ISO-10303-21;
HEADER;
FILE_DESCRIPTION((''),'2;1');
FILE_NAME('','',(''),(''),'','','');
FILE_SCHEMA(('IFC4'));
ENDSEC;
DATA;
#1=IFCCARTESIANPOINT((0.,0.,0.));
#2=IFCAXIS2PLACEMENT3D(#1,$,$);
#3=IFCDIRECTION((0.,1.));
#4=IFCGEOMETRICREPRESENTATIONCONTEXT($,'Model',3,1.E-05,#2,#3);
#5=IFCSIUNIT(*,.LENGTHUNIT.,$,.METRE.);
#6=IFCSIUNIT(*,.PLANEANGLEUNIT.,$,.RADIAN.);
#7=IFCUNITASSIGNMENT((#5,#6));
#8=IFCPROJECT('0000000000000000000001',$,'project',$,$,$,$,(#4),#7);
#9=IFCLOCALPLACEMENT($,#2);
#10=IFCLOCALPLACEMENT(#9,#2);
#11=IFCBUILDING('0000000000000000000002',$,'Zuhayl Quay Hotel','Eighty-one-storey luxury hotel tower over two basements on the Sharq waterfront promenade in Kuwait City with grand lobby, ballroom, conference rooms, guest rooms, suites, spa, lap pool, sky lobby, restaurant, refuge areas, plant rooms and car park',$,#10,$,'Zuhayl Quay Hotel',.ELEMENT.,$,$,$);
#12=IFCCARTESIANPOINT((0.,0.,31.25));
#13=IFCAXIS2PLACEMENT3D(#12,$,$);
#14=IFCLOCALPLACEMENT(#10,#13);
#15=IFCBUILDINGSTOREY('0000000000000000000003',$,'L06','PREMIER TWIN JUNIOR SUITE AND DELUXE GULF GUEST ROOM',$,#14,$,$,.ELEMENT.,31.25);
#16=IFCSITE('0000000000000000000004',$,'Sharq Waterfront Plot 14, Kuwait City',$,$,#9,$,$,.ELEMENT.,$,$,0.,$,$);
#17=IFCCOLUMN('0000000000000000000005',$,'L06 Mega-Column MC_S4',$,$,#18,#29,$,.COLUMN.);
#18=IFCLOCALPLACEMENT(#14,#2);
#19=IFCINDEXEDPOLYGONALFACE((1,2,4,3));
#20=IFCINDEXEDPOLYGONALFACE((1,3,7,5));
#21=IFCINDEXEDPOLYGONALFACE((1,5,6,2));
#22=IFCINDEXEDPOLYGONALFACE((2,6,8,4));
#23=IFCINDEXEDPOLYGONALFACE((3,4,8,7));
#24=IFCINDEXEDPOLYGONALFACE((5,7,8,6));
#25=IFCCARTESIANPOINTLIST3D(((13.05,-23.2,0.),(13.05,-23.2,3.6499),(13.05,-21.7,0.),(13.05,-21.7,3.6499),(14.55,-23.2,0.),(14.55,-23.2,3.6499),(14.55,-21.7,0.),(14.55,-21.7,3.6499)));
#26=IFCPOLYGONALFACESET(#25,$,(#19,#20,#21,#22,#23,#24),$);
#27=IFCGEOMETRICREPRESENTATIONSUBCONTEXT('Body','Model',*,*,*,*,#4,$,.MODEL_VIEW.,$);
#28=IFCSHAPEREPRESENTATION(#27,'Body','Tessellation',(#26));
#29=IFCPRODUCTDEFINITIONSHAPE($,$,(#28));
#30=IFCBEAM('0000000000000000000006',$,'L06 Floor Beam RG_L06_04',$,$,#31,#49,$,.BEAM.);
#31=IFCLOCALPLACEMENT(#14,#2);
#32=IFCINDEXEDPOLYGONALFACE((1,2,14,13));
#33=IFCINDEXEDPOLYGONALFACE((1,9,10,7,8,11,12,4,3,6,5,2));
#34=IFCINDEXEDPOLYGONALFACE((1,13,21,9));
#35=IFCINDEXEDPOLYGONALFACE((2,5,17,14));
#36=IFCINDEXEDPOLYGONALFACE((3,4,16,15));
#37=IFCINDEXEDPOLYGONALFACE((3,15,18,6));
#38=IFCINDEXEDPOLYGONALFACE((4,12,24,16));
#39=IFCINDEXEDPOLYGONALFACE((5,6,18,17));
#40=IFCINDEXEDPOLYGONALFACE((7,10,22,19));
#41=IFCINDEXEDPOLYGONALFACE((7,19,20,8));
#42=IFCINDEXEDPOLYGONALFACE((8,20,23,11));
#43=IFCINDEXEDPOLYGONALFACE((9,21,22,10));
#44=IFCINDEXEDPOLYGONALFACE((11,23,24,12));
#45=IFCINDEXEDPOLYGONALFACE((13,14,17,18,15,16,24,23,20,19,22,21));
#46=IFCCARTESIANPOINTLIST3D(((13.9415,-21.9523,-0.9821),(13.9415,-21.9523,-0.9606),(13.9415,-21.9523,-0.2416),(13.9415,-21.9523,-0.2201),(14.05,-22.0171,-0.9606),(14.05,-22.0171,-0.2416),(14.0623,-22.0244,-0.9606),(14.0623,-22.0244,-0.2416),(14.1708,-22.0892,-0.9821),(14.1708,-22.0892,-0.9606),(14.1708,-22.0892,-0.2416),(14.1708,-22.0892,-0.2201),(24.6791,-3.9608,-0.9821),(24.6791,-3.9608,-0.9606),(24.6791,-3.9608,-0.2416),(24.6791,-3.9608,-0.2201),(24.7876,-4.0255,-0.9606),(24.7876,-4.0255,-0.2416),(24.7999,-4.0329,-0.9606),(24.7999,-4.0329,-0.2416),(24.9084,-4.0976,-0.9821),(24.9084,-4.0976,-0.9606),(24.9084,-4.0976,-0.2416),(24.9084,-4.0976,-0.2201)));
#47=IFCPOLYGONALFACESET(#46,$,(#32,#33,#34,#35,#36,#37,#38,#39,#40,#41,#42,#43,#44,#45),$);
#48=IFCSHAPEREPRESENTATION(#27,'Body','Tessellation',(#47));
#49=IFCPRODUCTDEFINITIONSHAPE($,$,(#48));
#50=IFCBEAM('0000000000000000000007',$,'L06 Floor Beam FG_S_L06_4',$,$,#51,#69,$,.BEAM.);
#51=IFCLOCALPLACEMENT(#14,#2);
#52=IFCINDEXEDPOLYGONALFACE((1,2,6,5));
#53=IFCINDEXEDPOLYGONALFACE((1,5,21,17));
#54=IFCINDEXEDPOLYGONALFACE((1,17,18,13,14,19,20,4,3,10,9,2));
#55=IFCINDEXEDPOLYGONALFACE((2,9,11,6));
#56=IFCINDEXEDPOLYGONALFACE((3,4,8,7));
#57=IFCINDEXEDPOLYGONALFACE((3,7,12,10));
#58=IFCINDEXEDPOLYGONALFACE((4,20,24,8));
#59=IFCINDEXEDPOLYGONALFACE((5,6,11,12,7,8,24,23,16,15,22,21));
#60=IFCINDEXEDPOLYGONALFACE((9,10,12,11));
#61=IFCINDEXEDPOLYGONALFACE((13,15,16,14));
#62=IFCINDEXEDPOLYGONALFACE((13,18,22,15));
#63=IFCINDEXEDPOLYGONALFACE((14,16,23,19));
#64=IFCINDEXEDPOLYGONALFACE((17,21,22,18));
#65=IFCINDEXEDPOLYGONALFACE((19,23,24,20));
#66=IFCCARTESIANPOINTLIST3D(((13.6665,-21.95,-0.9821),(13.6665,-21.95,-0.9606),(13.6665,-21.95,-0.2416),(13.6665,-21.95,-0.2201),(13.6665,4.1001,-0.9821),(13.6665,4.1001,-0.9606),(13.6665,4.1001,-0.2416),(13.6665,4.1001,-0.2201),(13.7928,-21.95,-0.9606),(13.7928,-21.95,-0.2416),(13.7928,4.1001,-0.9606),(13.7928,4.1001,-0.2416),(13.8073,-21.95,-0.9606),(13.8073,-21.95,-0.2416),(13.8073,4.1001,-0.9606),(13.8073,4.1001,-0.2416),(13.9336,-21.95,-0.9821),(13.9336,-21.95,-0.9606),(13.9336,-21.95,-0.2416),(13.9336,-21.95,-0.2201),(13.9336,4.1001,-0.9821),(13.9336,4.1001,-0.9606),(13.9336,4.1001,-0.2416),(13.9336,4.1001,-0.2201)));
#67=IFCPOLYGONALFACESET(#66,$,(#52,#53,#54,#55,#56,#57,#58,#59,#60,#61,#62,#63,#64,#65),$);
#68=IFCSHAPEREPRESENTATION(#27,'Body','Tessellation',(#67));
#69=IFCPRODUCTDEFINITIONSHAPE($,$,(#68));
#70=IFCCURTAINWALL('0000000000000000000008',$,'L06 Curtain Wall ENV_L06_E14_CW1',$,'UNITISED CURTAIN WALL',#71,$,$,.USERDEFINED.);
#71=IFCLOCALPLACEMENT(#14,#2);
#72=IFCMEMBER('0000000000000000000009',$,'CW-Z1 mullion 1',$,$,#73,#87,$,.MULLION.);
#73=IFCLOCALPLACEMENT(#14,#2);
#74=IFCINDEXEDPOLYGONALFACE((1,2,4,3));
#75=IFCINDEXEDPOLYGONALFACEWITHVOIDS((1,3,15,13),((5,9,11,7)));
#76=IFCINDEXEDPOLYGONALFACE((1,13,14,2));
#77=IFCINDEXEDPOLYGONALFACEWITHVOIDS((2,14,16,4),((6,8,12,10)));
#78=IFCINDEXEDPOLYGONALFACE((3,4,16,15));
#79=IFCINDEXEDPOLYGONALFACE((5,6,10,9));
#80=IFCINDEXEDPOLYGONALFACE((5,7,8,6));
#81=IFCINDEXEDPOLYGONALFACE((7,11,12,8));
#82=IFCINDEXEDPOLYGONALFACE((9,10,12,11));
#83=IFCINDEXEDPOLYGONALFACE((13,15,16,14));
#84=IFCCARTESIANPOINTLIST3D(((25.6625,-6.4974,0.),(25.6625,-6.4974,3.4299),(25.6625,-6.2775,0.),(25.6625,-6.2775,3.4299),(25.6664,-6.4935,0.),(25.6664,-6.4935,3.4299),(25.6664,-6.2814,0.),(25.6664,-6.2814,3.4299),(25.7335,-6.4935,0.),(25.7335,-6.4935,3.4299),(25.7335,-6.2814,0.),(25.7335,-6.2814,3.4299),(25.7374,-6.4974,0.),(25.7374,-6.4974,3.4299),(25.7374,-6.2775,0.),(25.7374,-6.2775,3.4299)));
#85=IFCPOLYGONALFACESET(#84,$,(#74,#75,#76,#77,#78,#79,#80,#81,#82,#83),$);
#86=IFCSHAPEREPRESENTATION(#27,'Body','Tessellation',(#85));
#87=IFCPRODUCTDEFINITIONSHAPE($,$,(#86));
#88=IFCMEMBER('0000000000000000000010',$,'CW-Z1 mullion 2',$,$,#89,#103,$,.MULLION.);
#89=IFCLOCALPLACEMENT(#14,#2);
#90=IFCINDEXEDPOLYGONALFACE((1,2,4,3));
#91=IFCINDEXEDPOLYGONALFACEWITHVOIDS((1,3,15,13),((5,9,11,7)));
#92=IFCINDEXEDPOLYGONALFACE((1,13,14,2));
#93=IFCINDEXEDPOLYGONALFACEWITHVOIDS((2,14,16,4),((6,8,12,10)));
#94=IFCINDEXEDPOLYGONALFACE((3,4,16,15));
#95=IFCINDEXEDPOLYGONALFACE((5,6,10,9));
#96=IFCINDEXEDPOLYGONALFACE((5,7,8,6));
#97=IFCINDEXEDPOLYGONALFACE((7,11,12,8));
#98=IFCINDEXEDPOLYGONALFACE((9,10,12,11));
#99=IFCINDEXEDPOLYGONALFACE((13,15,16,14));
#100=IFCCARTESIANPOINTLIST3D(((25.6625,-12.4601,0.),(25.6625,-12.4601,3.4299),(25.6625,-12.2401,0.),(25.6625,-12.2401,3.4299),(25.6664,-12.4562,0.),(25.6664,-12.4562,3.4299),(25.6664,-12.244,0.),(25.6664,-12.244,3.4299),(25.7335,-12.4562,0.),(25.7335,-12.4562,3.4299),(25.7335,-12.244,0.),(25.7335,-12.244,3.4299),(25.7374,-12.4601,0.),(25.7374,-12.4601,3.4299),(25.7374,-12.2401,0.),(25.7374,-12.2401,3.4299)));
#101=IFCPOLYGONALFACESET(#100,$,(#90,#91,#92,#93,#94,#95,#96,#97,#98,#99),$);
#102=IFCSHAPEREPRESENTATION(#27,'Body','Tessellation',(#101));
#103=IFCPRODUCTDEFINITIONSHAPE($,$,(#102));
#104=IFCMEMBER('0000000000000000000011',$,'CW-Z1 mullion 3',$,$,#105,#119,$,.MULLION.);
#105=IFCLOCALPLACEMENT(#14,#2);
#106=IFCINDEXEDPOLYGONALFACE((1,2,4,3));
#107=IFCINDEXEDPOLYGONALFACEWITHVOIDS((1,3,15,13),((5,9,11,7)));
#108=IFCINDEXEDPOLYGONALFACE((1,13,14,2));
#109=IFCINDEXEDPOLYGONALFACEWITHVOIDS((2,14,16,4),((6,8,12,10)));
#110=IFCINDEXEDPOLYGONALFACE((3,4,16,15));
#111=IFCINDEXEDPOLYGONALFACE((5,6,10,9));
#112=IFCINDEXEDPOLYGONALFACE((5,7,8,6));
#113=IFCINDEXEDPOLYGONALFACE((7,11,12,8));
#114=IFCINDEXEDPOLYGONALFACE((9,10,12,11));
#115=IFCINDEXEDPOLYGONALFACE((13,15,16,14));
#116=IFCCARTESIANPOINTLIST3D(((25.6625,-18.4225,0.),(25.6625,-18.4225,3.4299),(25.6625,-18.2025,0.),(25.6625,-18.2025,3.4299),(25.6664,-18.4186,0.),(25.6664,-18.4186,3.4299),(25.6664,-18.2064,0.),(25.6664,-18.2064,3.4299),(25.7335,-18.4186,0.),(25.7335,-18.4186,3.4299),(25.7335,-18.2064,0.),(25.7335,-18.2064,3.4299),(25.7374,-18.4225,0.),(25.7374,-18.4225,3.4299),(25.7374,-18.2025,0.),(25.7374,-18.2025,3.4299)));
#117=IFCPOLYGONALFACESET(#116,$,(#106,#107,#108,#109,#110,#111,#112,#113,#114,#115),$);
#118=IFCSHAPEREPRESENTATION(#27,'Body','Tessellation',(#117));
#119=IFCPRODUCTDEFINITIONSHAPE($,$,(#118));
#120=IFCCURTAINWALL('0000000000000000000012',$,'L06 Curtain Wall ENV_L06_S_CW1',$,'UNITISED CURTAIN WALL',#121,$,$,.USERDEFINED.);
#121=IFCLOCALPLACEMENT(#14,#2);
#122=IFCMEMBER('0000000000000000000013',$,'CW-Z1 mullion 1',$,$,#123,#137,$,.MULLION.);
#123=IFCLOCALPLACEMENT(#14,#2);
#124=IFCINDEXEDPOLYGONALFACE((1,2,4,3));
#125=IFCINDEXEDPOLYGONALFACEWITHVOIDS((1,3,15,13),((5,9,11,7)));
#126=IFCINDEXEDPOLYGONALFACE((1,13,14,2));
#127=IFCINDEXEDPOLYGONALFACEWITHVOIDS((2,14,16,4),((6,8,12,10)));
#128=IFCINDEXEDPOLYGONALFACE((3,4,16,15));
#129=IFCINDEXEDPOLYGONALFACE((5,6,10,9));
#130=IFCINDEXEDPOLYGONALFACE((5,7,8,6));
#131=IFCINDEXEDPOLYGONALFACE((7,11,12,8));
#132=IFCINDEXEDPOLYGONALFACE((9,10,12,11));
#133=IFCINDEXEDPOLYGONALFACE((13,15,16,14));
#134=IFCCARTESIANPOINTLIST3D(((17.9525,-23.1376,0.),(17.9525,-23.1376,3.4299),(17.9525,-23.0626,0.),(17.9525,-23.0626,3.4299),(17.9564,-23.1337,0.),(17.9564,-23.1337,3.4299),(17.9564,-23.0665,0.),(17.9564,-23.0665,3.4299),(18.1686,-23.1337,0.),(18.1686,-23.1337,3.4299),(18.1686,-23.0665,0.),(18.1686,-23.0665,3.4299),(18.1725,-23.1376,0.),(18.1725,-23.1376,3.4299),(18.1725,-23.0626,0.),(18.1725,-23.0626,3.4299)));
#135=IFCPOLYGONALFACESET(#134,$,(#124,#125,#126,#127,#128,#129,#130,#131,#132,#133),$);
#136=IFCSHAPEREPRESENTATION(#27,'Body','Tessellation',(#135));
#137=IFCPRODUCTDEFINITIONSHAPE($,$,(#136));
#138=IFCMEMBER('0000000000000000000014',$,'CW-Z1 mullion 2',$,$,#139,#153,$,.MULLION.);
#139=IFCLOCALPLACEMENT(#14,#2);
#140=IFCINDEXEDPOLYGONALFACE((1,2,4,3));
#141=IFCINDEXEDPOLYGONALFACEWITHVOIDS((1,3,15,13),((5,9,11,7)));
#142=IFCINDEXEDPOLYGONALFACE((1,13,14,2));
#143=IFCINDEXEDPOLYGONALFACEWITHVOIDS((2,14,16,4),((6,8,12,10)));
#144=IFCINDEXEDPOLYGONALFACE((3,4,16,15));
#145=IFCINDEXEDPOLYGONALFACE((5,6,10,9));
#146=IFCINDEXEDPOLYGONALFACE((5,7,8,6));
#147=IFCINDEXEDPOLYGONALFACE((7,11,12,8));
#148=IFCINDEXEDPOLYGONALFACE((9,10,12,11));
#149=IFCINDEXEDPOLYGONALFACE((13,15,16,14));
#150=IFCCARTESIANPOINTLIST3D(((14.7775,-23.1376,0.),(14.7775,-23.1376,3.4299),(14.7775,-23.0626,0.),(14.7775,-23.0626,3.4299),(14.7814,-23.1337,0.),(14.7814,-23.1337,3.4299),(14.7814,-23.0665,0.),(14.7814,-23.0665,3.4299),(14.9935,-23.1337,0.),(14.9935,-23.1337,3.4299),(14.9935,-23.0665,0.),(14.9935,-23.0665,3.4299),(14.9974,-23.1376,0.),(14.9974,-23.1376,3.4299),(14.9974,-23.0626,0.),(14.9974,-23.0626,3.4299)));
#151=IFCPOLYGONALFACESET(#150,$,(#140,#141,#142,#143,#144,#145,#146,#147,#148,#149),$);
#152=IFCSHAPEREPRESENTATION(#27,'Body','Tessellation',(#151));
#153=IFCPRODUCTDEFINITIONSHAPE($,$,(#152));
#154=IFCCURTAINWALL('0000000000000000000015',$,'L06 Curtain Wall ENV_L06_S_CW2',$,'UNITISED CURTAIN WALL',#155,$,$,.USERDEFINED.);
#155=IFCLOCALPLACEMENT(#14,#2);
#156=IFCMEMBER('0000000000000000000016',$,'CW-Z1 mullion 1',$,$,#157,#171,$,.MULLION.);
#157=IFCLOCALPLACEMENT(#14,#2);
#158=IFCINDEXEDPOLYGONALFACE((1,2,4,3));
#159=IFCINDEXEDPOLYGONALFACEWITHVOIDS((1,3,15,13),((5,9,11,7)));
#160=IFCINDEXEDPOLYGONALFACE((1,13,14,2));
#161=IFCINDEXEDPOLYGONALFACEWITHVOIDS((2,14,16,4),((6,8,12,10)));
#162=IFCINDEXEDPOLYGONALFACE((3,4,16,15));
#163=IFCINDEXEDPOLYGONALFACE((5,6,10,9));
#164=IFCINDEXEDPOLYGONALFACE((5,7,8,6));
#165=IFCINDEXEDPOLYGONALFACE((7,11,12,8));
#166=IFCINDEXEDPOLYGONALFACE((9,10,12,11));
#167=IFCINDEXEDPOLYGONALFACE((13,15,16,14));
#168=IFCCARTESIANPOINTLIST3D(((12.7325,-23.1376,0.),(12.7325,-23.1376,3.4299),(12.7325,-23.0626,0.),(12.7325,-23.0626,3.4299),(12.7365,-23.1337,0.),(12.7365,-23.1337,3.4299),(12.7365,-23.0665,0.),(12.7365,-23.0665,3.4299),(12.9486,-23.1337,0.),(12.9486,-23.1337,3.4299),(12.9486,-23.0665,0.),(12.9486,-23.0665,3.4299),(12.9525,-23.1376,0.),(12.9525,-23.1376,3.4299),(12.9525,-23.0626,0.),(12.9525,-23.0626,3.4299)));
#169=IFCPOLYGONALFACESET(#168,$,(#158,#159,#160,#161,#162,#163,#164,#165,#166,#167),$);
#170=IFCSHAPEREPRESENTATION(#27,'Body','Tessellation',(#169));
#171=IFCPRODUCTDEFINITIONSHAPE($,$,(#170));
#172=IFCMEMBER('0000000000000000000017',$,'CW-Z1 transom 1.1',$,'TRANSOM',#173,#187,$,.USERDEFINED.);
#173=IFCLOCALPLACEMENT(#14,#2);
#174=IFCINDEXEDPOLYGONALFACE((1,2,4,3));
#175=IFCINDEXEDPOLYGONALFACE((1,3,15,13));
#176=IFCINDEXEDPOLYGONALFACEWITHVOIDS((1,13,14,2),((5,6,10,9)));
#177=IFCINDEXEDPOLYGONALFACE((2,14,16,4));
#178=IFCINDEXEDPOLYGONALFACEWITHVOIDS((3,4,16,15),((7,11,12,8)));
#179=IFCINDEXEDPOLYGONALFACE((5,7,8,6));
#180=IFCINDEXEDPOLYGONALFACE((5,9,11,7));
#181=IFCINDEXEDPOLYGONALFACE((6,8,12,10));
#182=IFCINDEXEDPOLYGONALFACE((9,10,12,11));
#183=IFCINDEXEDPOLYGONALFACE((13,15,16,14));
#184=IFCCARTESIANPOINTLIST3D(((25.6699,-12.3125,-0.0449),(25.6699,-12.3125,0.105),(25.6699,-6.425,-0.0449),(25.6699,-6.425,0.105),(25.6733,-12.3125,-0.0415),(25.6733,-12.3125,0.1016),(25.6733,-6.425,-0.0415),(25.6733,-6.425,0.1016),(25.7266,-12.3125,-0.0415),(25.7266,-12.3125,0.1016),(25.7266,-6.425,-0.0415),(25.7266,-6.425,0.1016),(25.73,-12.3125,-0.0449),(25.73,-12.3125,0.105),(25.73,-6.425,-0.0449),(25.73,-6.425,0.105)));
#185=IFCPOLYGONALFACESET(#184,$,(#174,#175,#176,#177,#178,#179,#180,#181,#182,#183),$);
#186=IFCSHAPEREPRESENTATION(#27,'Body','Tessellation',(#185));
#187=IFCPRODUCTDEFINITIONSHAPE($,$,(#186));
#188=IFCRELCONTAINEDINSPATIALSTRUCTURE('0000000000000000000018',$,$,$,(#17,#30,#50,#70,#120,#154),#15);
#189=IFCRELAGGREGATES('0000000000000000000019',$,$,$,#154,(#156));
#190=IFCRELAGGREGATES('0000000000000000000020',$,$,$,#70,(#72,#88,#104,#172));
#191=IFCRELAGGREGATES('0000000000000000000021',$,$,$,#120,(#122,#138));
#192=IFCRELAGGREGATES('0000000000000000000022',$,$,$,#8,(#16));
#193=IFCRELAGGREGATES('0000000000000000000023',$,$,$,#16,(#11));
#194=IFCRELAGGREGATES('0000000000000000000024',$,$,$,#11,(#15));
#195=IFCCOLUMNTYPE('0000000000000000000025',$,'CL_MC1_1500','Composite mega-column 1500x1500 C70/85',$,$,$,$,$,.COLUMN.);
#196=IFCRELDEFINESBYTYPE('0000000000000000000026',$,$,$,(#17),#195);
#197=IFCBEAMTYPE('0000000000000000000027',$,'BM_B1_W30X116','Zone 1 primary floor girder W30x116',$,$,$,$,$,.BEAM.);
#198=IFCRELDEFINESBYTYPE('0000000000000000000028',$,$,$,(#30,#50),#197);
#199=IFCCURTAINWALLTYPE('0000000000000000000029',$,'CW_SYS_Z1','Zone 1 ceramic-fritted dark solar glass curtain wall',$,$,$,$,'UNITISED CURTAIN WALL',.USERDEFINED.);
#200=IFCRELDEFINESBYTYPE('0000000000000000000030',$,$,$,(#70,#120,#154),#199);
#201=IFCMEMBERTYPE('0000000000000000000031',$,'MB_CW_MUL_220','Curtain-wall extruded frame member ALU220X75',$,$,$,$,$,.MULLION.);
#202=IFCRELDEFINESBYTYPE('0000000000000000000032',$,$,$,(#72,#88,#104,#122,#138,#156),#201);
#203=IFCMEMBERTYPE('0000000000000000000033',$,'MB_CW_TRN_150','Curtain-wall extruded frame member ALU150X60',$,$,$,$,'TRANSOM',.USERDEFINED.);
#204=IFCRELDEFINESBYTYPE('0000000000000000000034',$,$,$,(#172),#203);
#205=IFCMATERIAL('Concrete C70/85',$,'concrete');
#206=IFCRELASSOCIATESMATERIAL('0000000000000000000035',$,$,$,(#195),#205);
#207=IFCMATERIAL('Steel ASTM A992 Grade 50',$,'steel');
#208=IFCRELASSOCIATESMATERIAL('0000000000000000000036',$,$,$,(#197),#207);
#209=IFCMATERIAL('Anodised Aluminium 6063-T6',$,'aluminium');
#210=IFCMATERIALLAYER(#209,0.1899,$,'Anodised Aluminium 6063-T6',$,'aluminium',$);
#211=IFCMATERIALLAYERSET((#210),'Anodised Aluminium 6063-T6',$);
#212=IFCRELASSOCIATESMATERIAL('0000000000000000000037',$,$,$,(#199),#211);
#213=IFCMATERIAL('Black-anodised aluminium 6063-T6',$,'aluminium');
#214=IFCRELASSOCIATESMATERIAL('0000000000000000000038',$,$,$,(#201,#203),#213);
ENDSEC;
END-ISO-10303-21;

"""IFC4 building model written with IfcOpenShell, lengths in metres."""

from ifc_helpers import new_model, si_unit, direction, frame, origin, origin_2d, place, context, subcontext, project, spatial, rectangle, hollow_rectangle, i_section, extrude, material, layer, layer_set, material_profile, profile_set, type_object, element, aggregate, save


model = new_model("IFC4")

# Units and contexts
model_context = context("Model", 3, precision=1e-05, world=origin(), true_north=direction((0.0, 1.0)))
body_context = subcontext(model_context, "Body", "Model", "MODEL_VIEW")
ifc_project = project(units=[si_unit("LENGTHUNIT", "METRE"), si_unit("PLANEANGLEUNIT", "RADIAN")], contexts=[model_context])

# Site, building, storey
site_placement = place(None, origin())
site = spatial("IfcSite", under=ifc_project, at=site_placement, Name="Sharq Waterfront Plot 14, Kuwait City", CompositionType="ELEMENT", RefElevation=0.0)
building_placement = place(site_placement, origin())
building = spatial("IfcBuilding", under=site, at=building_placement, Name="Zuhayl Quay Hotel", Description="Eighty-one-storey luxury hotel tower over two basements on the Sharq waterfront promenade in Kuwait City with grand lobby, ballroom, conference rooms, guest rooms, suites, spa, lap pool, sky lobby, restaurant, refuge areas, plant rooms and car park", LongName="Zuhayl Quay Hotel", CompositionType="ELEMENT")
storey_placement = place(building_placement, frame((0.0, 0.0, 31.25)))
storey = spatial("IfcBuildingStorey", under=building, at=storey_placement, Name="L06", Description="PREMIER TWIN JUNIOR SUITE AND DELUXE GULF GUEST ROOM", CompositionType="ELEMENT", Elevation=31.25)

# Column
ifc_material_1 = material(Name="Concrete C70/85", Category="concrete")
ifc_material_profile_1 = material_profile(ifc_material_1, rectangle(XDim=1.5, YDim=1.5, at=origin_2d()), Name="RC1500X1500")
ifc_profile_set_1 = profile_set([ifc_material_profile_1], Name="Concrete C70/85")
column_type = type_object("IfcColumnType", Name="CL_MC1_1500", Description="Composite mega-column 1500x1500 C70/85", PredefinedType="COLUMN", material=ifc_profile_set_1)
column_placement = place(storey_placement, frame((13.8, -22.45, 0.0), z_axis=(0.0, 0.0, 1.0), x_axis=(1.0, 0.0, 0.0)))
element("IfcColumn", 1, at=column_placement, inside=storey, type_object=column_type, Name="L06 Mega-Column MC_S4", PredefinedType="COLUMN", context=body_context, shape_type="SweptSolid", body=[
    extrude(rectangle(XDim=1.5, YDim=1.5, at=origin_2d()), origin(), (0.0, 0.0, 1.0), 3.6499),
])

# Beams
ifc_material_2 = material(Name="Steel ASTM A992 Grade 50", Category="steel")
ifc_material_profile_2 = material_profile(ifc_material_2, i_section(OverallWidth=0.2671, OverallDepth=0.762, WebThickness=0.0144, FlangeThickness=0.0215, at=origin_2d()), Name="W30X116")
ifc_profile_set_2 = profile_set([ifc_material_profile_2], Name="Steel ASTM A992 Grade 50")
beam_type = type_object("IfcBeamType", Name="BM_B1_W30X116", Description="Zone 1 primary floor girder W30x116", PredefinedType="BEAM", material=ifc_profile_set_2)
beam_1_placement = place(storey_placement, frame((14.0562, -22.0208, -0.6011), z_axis=(0.512483, 0.858698, 0.0), x_axis=(-0.858698, 0.512483, 0.0)))
element("IfcBeam", 2, at=beam_1_placement, inside=storey, type_object=beam_type, Name="L06 Floor Beam RG_L06_04", PredefinedType="BEAM", context=body_context, shape_type="SweptSolid", body=[
    extrude(i_section(OverallWidth=0.2671, OverallDepth=0.762, WebThickness=0.0144, FlangeThickness=0.0215, at=origin_2d()), origin(), (0.0, 0.0, 1.0), 20.9521),
])
beam_2_placement = place(storey_placement, frame((13.8, -21.95, -0.6011), z_axis=(0.0, 1.0, 0.0), x_axis=(-1.0, 0.0, 0.0)))
element("IfcBeam", 3, at=beam_2_placement, inside=storey, type_object=beam_type, Name="L06 Floor Beam FG_S_L06_4", PredefinedType="BEAM", context=body_context, shape_type="SweptSolid", body=[
    extrude(i_section(OverallWidth=0.2671, OverallDepth=0.762, WebThickness=0.0144, FlangeThickness=0.0215, at=origin_2d()), origin(), (0.0, 0.0, 1.0), 26.05),
])

# Curtain walls, members
ifc_material_3 = material(Name="Anodised Aluminium 6063-T6", Category="aluminium")
ifc_layer_1 = layer(ifc_material_3, 0.1899, Name="Anodised Aluminium 6063-T6", Category="aluminium")
ifc_layer_set_1 = layer_set([ifc_layer_1], Name="Anodised Aluminium 6063-T6")
curtain_wall_type = type_object("IfcCurtainWallType", Name="CW_SYS_Z1", Description="Zone 1 ceramic-fritted dark solar glass curtain wall", ElementType="UNITISED CURTAIN WALL", PredefinedType="USERDEFINED", material=ifc_layer_set_1)
curtain_wall_1_placement = place(storey_placement, origin())
curtain_wall_1 = element("IfcCurtainWall", 4, at=curtain_wall_1_placement, inside=storey, type_object=curtain_wall_type, Name="L06 Curtain Wall ENV_L06_E14_CW1", ObjectType="UNITISED CURTAIN WALL", PredefinedType="USERDEFINED")
ifc_material_4 = material(Name="Black-anodised aluminium 6063-T6", Category="aluminium")
ifc_material_profile_3 = material_profile(ifc_material_4, hollow_rectangle(XDim=0.075, YDim=0.22, WallThickness=0.0039, at=origin_2d()), Name="ALU220X75")
ifc_profile_set_3 = profile_set([ifc_material_profile_3], Name="Black-anodised aluminium 6063-T6")
member_type_1 = type_object("IfcMemberType", Name="MB_CW_MUL_220", Description="Curtain-wall extruded frame member ALU220X75", PredefinedType="MULLION", material=ifc_profile_set_3)
member_1_placement = place(storey_placement, frame((25.7, -6.3875, 0.0), z_axis=(0.0, 0.0, 1.0), x_axis=(1.0, 0.0, 0.0)))
member_1 = element("IfcMember", 5, at=member_1_placement, type_object=member_type_1, Name="CW-Z1 mullion 1", PredefinedType="MULLION", context=body_context, shape_type="SweptSolid", body=[
    extrude(hollow_rectangle(XDim=0.075, YDim=0.22, WallThickness=0.0039, at=origin_2d()), origin(), (0.0, 0.0, 1.0), 3.4299),
])
member_2_placement = place(storey_placement, frame((25.7, -12.3501, 0.0), z_axis=(0.0, 0.0, 1.0), x_axis=(1.0, 0.0, 0.0)))
member_2 = element("IfcMember", 6, at=member_2_placement, type_object=member_type_1, Name="CW-Z1 mullion 2", PredefinedType="MULLION", context=body_context, shape_type="SweptSolid", body=[
    extrude(hollow_rectangle(XDim=0.075, YDim=0.22, WallThickness=0.0039, at=origin_2d()), origin(), (0.0, 0.0, 1.0), 3.4299),
])
member_3_placement = place(storey_placement, frame((25.7, -18.3125, 0.0), z_axis=(0.0, 0.0, 1.0), x_axis=(1.0, 0.0, 0.0)))
member_3 = element("IfcMember", 7, at=member_3_placement, type_object=member_type_1, Name="CW-Z1 mullion 3", PredefinedType="MULLION", context=body_context, shape_type="SweptSolid", body=[
    extrude(hollow_rectangle(XDim=0.075, YDim=0.22, WallThickness=0.0039, at=origin_2d()), origin(), (0.0, 0.0, 1.0), 3.4299),
])
curtain_wall_2_placement = place(storey_placement, origin())
curtain_wall_2 = element("IfcCurtainWall", 8, at=curtain_wall_2_placement, inside=storey, type_object=curtain_wall_type, Name="L06 Curtain Wall ENV_L06_S_CW1", ObjectType="UNITISED CURTAIN WALL", PredefinedType="USERDEFINED")
member_4_placement = place(storey_placement, frame((18.0625, -23.1001, 0.0), z_axis=(0.0, 0.0, 1.0), x_axis=(0.0, -1.0, 0.0)))
member_4 = element("IfcMember", 9, at=member_4_placement, type_object=member_type_1, Name="CW-Z1 mullion 1", PredefinedType="MULLION", context=body_context, shape_type="SweptSolid", body=[
    extrude(hollow_rectangle(XDim=0.075, YDim=0.22, WallThickness=0.0039, at=origin_2d()), origin(), (0.0, 0.0, 1.0), 3.4299),
])
member_5_placement = place(storey_placement, frame((14.8875, -23.1001, 0.0), z_axis=(0.0, 0.0, 1.0), x_axis=(0.0, -1.0, 0.0)))
member_5 = element("IfcMember", 10, at=member_5_placement, type_object=member_type_1, Name="CW-Z1 mullion 2", PredefinedType="MULLION", context=body_context, shape_type="SweptSolid", body=[
    extrude(hollow_rectangle(XDim=0.075, YDim=0.22, WallThickness=0.0039, at=origin_2d()), origin(), (0.0, 0.0, 1.0), 3.4299),
])

# Curtain wall, member
curtain_wall_3_placement = place(storey_placement, origin())
curtain_wall_3 = element("IfcCurtainWall", 11, at=curtain_wall_3_placement, inside=storey, type_object=curtain_wall_type, Name="L06 Curtain Wall ENV_L06_S_CW2", ObjectType="UNITISED CURTAIN WALL", PredefinedType="USERDEFINED")
member_6_placement = place(storey_placement, frame((12.8425, -23.1001, 0.0), z_axis=(0.0, 0.0, 1.0), x_axis=(0.0, -1.0, 0.0)))
member_6 = element("IfcMember", 12, at=member_6_placement, type_object=member_type_1, Name="CW-Z1 mullion 1", PredefinedType="MULLION", context=body_context, shape_type="SweptSolid", body=[
    extrude(hollow_rectangle(XDim=0.075, YDim=0.22, WallThickness=0.0039, at=origin_2d()), origin(), (0.0, 0.0, 1.0), 3.4299),
])
aggregate(curtain_wall_3, [member_6])

# Member
ifc_material_profile_4 = material_profile(ifc_material_4, hollow_rectangle(XDim=0.0601, YDim=0.1499, WallThickness=0.0034, at=origin_2d()), Name="ALU150X60")
ifc_profile_set_4 = profile_set([ifc_material_profile_4], Name="Black-anodised aluminium 6063-T6")
member_type_2 = type_object("IfcMemberType", Name="MB_CW_TRN_150", Description="Curtain-wall extruded frame member ALU150X60", ElementType="TRANSOM", PredefinedType="USERDEFINED", material=ifc_profile_set_4)
member_7_placement = place(storey_placement, frame((25.7, -6.425, 0.03), z_axis=(0.0, -1.0, 0.0), x_axis=(1.0, 0.0, 0.0)))
member_7 = element("IfcMember", 13, at=member_7_placement, type_object=member_type_2, Name="CW-Z1 transom 1.1", ObjectType="TRANSOM", PredefinedType="USERDEFINED", context=body_context, shape_type="SweptSolid", body=[
    extrude(hollow_rectangle(XDim=0.0601, YDim=0.1499, WallThickness=0.0034, at=origin_2d()), origin(), (0.0, 0.0, 1.0), 5.8875),
])

aggregate(curtain_wall_1, [member_1, member_2, member_3, member_7])
aggregate(curtain_wall_2, [member_4, member_5])

save(model, "model.ifc")
